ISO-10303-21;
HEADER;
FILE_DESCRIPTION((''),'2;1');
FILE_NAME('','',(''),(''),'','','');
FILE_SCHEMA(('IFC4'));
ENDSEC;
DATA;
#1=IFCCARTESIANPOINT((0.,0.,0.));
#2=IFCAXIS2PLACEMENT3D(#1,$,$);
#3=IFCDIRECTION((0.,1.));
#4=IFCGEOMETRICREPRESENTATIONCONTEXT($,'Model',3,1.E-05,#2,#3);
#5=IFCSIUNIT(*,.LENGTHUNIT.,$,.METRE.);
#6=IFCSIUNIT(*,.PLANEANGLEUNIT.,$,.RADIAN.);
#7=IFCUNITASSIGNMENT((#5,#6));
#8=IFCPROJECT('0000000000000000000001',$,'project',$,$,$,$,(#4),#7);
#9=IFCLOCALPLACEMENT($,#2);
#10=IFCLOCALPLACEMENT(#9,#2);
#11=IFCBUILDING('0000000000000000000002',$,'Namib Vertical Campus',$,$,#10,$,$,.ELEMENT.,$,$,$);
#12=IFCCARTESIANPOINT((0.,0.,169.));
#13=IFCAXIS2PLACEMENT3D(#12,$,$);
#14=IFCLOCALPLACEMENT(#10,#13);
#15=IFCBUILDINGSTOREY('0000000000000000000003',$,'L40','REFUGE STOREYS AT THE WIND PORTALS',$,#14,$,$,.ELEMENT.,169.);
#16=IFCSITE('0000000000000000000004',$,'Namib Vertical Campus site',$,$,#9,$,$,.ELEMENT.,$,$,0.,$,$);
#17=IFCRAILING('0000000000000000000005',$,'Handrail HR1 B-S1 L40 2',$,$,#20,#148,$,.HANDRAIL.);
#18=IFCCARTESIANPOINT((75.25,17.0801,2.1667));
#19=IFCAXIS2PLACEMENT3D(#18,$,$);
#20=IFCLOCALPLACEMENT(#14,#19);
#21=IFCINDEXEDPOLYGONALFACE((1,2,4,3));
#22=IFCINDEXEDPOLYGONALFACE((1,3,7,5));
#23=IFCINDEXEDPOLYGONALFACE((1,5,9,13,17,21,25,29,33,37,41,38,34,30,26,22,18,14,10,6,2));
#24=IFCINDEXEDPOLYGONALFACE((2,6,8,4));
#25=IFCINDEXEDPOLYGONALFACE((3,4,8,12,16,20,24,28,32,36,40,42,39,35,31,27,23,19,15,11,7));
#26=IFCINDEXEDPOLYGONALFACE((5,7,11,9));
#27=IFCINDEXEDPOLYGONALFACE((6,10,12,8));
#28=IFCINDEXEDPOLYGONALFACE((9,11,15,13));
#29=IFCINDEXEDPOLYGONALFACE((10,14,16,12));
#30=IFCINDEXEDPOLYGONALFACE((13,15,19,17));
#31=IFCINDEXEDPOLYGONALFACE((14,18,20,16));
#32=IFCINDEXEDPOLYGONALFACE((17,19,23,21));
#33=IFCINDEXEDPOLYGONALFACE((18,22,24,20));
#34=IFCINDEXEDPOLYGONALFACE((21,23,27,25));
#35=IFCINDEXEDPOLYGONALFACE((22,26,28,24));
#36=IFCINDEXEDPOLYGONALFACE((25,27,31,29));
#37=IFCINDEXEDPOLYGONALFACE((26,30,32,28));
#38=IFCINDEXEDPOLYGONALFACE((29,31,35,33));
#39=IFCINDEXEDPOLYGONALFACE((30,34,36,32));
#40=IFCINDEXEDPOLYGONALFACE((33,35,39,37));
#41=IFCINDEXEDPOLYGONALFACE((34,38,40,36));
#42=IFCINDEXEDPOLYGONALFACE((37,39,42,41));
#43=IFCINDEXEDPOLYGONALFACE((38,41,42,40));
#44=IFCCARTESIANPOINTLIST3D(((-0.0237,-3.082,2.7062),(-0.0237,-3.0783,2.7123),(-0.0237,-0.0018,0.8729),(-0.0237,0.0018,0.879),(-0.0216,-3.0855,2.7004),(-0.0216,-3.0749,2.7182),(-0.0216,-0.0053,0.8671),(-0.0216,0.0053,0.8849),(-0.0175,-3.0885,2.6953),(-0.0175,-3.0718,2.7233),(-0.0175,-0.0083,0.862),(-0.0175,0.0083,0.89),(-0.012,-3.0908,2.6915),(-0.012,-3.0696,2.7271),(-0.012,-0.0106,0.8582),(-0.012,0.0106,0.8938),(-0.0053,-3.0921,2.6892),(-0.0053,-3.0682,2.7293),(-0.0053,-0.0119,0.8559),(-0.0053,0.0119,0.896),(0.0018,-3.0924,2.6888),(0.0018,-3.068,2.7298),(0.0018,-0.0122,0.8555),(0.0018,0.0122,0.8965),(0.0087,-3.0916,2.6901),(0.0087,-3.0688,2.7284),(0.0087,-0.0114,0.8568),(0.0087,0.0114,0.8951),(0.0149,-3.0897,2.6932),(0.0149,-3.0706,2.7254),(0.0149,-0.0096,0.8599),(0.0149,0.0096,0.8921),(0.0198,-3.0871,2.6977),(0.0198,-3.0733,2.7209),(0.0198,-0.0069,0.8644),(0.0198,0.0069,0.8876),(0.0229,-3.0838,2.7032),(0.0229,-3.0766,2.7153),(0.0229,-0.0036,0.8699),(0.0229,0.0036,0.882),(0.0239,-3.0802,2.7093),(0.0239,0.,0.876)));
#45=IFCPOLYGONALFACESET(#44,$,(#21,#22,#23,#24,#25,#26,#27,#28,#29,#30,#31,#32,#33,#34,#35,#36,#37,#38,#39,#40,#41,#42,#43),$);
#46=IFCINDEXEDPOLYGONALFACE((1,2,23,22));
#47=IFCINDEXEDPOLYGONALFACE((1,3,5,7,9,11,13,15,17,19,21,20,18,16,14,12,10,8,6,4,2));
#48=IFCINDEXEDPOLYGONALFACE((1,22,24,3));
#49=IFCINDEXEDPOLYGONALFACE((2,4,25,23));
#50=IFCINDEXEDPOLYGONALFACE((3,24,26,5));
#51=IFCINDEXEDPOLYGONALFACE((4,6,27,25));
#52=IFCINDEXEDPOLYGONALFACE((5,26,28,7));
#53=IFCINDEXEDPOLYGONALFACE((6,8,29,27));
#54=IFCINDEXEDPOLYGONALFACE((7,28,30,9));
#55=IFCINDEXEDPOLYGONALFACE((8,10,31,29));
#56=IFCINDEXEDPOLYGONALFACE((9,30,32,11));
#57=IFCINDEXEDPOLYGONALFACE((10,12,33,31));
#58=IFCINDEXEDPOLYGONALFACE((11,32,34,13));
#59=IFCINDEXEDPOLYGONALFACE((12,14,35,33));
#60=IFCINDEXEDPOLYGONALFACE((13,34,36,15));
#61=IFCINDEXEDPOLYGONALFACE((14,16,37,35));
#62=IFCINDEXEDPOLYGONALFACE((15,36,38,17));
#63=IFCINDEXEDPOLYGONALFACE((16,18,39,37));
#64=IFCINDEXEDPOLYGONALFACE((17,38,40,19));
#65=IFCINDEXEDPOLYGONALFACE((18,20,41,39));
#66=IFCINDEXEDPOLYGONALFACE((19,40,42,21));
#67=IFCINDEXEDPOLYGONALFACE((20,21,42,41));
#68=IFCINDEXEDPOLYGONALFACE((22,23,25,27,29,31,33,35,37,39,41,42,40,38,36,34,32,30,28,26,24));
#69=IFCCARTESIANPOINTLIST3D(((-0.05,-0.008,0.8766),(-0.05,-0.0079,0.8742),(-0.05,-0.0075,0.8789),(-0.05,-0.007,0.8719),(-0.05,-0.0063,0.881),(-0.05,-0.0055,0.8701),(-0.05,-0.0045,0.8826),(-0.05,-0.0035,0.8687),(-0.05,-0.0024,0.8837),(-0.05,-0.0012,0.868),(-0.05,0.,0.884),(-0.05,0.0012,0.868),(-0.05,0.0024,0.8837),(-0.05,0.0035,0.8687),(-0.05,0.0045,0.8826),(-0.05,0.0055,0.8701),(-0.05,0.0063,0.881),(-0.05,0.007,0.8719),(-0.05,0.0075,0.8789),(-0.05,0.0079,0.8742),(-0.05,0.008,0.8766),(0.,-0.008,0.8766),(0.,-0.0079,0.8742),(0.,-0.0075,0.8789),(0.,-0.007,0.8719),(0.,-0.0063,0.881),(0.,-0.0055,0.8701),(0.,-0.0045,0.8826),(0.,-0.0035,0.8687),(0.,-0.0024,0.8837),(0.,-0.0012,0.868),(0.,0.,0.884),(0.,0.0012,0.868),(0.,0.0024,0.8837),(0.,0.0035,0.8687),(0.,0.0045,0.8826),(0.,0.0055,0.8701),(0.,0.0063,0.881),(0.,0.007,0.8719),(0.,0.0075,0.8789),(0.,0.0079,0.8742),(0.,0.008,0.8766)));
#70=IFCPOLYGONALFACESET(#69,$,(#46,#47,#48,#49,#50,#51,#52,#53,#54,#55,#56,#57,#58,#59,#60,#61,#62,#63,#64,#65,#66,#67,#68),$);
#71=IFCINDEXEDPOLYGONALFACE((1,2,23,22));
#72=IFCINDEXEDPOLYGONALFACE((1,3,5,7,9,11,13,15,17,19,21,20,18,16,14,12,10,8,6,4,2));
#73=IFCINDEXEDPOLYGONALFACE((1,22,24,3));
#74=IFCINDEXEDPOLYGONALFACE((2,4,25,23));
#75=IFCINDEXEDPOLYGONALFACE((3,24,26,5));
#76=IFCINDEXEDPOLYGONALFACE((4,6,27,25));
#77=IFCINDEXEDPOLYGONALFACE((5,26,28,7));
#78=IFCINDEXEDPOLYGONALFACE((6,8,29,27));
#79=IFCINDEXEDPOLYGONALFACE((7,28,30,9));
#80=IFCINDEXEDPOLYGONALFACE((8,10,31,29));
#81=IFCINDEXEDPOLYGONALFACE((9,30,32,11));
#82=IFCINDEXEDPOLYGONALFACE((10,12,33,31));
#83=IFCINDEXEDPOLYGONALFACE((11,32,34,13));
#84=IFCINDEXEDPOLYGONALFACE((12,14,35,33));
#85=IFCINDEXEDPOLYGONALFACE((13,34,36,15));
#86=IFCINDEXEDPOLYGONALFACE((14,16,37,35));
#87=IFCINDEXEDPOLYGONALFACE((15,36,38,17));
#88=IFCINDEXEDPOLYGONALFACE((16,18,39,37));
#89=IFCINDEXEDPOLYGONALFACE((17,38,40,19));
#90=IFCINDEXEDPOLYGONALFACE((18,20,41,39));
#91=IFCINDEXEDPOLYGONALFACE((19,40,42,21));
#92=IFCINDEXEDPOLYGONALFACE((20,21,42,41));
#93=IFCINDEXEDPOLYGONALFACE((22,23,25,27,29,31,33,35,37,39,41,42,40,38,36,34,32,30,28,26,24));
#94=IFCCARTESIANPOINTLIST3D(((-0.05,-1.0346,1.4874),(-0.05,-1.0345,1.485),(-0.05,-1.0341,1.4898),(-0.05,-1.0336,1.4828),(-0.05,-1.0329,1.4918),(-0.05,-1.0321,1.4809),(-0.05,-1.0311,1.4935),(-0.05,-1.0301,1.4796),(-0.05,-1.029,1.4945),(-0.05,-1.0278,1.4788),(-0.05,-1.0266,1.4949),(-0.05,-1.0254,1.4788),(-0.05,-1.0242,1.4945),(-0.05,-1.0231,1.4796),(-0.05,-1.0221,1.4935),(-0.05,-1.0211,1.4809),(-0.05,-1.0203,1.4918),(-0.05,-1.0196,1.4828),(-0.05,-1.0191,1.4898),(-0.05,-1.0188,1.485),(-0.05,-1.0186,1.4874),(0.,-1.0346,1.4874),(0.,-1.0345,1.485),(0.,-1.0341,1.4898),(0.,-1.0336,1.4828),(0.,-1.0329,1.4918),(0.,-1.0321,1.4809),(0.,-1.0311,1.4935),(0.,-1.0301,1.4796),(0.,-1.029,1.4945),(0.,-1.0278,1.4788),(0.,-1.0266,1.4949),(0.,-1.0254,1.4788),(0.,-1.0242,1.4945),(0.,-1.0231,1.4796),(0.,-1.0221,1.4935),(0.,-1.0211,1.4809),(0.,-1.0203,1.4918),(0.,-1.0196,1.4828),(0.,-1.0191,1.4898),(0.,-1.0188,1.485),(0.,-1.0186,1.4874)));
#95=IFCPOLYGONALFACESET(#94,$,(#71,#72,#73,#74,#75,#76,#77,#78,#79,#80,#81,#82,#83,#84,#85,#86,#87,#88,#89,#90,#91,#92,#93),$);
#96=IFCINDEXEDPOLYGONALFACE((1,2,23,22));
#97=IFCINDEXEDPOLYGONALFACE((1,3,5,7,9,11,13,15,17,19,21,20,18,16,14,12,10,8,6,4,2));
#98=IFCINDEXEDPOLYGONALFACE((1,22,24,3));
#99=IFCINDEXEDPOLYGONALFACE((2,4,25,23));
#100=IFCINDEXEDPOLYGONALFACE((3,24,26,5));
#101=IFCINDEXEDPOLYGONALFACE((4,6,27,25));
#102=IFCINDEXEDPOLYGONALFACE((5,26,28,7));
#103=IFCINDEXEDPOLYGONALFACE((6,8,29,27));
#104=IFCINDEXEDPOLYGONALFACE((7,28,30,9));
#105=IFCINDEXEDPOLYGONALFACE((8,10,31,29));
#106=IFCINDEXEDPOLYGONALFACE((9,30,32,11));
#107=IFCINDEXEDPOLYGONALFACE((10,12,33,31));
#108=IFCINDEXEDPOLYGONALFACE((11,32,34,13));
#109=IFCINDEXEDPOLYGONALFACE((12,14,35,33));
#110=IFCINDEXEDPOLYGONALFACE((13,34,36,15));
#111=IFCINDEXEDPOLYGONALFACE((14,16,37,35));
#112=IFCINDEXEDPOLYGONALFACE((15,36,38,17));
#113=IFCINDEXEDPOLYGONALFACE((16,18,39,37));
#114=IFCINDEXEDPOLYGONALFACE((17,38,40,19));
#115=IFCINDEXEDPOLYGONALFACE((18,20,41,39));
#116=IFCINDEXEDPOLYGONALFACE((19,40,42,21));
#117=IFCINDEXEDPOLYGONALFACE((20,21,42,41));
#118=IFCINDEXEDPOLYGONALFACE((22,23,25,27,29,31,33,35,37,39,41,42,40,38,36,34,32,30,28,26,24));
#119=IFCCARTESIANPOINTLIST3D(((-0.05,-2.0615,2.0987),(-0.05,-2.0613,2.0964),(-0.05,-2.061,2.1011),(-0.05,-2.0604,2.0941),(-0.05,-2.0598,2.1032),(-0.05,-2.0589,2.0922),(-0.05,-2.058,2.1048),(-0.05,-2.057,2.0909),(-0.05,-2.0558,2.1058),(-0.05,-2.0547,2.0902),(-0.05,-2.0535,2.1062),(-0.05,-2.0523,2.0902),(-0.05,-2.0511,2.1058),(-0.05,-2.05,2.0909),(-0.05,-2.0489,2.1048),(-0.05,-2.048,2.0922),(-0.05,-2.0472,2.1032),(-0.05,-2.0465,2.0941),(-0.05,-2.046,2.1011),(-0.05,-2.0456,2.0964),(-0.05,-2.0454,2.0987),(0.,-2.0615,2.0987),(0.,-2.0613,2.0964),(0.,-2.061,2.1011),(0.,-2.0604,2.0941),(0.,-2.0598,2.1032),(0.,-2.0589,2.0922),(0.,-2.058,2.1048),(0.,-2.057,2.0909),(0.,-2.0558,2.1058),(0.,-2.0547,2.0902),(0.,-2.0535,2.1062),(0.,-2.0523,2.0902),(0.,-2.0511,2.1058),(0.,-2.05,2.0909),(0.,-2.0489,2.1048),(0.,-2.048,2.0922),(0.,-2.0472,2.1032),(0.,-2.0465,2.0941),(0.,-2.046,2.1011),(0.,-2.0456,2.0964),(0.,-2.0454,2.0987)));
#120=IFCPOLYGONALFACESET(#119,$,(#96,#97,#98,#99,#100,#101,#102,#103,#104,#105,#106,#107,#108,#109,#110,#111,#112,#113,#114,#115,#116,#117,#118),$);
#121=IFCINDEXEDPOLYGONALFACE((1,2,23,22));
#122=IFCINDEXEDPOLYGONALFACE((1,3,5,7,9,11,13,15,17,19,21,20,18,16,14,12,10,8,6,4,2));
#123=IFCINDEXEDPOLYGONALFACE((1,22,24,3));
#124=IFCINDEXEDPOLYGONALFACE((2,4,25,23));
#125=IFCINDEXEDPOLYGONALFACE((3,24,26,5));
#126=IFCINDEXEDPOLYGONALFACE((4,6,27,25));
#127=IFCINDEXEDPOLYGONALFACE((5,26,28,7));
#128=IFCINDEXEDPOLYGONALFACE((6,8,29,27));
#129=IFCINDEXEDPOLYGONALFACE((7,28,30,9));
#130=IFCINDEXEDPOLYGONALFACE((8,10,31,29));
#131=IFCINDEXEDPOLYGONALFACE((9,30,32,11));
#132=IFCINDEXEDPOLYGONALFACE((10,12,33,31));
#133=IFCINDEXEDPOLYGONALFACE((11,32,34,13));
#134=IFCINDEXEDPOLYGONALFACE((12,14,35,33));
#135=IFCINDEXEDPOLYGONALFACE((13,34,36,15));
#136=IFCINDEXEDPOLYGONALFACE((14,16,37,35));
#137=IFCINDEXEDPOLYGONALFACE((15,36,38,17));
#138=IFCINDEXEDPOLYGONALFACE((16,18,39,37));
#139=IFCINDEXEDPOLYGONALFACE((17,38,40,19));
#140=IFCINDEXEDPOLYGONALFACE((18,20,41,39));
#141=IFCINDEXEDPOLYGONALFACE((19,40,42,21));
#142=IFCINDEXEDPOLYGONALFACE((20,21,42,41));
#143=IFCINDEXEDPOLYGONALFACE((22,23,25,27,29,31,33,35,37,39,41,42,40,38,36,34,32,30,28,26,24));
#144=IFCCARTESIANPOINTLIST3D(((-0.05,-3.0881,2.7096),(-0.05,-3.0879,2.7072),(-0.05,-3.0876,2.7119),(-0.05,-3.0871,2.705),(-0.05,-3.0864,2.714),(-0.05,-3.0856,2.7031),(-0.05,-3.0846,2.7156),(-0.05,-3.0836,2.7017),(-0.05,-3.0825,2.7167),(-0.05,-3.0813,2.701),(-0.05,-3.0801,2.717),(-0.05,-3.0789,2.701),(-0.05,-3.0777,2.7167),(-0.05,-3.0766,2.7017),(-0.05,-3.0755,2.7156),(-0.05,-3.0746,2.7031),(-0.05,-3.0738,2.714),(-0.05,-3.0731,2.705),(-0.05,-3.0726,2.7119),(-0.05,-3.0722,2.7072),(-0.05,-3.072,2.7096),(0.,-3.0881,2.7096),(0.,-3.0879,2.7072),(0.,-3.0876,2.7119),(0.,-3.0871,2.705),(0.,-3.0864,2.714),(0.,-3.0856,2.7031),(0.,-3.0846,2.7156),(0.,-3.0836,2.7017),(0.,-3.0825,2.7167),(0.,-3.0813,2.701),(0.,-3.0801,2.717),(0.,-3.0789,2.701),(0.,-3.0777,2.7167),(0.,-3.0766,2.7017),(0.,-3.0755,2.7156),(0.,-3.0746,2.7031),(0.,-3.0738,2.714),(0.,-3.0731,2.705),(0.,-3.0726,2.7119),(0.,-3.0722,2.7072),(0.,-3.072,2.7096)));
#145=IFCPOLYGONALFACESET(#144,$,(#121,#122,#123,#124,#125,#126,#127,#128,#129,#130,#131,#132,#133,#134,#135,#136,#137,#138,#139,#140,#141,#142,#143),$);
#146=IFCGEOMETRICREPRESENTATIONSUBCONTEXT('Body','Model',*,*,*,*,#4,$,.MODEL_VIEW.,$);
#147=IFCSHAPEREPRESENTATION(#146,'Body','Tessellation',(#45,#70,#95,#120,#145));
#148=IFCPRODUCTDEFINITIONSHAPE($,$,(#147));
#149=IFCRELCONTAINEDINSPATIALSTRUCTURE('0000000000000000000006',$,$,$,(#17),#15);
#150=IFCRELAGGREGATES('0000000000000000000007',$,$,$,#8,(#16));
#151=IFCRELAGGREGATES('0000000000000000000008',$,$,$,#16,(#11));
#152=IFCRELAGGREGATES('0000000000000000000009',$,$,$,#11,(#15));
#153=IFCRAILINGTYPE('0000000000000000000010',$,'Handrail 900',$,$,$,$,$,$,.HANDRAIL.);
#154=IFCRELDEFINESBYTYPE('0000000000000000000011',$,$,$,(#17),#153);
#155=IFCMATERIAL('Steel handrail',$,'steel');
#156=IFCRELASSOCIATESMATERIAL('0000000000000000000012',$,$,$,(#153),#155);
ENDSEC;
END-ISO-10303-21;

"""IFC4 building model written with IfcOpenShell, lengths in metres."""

from ifc_helpers import new_model, si_unit, direction, frame, origin, origin_2d, place, context, subcontext, project, spatial, circle, extrude, material, type_object, element, save


model = new_model("IFC4")

# Units and contexts
model_context = context("Model", 3, precision=1e-05, world=origin(), true_north=direction((0.0, 1.0)))
body_context = subcontext(model_context, "Body", "Model", "MODEL_VIEW")
ifc_project = project(units=[si_unit("LENGTHUNIT", "METRE"), si_unit("PLANEANGLEUNIT", "RADIAN")], contexts=[model_context])

# Site, building, storey
site_placement = place(None, origin())
site = spatial("IfcSite", under=ifc_project, at=site_placement, Name="Namib Vertical Campus site", CompositionType="ELEMENT", RefElevation=0.0)
building_placement = place(site_placement, origin())
building = spatial("IfcBuilding", under=site, at=building_placement, Name="Namib Vertical Campus", CompositionType="ELEMENT")
storey_placement = place(building_placement, frame((0.0, 0.0, 169.0)))
storey = spatial("IfcBuildingStorey", under=building, at=storey_placement, Name="L40", Description="REFUGE STOREYS AT THE WIND PORTALS", CompositionType="ELEMENT", Elevation=169.0)

# Railing
ifc_material_1 = material(Name="Steel handrail", Category="steel")
railing_type_1 = type_object("IfcRailingType", Name="Handrail 900", PredefinedType="HANDRAIL", material=ifc_material_1)
railing_1_placement = place(storey_placement, frame((75.25, 17.0801, 2.1667)))
element("IfcRailing", 1, at=railing_1_placement, inside=storey, type_object=railing_type_1, Name="Handrail HR1 B-S1 L40 2", PredefinedType="HANDRAIL", context=body_context, shape_type="SweptSolid", body=[
    extrude(circle(Radius=0.0239, at=origin_2d()), frame((0.0, 0.0, 0.876), z_axis=(0.0, -0.859309, 0.511458), x_axis=(1.0, 0.0, 0.0)), (0.0, 0.0, 1.0), 3.5845),
    extrude(circle(Radius=0.0081, at=origin_2d()), frame((0.0, 0.0, 0.876), z_axis=(-1.0, 0.0, 0.0), x_axis=(0.0, 0.0, 1.0)), (0.0, 0.0, 1.0), 0.05),
    extrude(circle(Radius=0.0081, at=origin_2d()), frame((0.0, -1.0266, 1.4868), z_axis=(-1.0, 0.0, 0.0), x_axis=(0.0, 0.0, 1.0)), (0.0, 0.0, 1.0), 0.05),
    extrude(circle(Radius=0.0081, at=origin_2d()), frame((0.0, -2.0535, 2.0981), z_axis=(-1.0, 0.0, 0.0), x_axis=(0.0, 0.0, 1.0)), (0.0, 0.0, 1.0), 0.05),
    extrude(circle(Radius=0.0081, at=origin_2d()), frame((0.0, -3.0801, 2.709), z_axis=(-1.0, 0.0, 0.0), x_axis=(0.0, 0.0, 1.0)), (0.0, 0.0, 1.0), 0.05),
])

save(model, "model.ifc")
